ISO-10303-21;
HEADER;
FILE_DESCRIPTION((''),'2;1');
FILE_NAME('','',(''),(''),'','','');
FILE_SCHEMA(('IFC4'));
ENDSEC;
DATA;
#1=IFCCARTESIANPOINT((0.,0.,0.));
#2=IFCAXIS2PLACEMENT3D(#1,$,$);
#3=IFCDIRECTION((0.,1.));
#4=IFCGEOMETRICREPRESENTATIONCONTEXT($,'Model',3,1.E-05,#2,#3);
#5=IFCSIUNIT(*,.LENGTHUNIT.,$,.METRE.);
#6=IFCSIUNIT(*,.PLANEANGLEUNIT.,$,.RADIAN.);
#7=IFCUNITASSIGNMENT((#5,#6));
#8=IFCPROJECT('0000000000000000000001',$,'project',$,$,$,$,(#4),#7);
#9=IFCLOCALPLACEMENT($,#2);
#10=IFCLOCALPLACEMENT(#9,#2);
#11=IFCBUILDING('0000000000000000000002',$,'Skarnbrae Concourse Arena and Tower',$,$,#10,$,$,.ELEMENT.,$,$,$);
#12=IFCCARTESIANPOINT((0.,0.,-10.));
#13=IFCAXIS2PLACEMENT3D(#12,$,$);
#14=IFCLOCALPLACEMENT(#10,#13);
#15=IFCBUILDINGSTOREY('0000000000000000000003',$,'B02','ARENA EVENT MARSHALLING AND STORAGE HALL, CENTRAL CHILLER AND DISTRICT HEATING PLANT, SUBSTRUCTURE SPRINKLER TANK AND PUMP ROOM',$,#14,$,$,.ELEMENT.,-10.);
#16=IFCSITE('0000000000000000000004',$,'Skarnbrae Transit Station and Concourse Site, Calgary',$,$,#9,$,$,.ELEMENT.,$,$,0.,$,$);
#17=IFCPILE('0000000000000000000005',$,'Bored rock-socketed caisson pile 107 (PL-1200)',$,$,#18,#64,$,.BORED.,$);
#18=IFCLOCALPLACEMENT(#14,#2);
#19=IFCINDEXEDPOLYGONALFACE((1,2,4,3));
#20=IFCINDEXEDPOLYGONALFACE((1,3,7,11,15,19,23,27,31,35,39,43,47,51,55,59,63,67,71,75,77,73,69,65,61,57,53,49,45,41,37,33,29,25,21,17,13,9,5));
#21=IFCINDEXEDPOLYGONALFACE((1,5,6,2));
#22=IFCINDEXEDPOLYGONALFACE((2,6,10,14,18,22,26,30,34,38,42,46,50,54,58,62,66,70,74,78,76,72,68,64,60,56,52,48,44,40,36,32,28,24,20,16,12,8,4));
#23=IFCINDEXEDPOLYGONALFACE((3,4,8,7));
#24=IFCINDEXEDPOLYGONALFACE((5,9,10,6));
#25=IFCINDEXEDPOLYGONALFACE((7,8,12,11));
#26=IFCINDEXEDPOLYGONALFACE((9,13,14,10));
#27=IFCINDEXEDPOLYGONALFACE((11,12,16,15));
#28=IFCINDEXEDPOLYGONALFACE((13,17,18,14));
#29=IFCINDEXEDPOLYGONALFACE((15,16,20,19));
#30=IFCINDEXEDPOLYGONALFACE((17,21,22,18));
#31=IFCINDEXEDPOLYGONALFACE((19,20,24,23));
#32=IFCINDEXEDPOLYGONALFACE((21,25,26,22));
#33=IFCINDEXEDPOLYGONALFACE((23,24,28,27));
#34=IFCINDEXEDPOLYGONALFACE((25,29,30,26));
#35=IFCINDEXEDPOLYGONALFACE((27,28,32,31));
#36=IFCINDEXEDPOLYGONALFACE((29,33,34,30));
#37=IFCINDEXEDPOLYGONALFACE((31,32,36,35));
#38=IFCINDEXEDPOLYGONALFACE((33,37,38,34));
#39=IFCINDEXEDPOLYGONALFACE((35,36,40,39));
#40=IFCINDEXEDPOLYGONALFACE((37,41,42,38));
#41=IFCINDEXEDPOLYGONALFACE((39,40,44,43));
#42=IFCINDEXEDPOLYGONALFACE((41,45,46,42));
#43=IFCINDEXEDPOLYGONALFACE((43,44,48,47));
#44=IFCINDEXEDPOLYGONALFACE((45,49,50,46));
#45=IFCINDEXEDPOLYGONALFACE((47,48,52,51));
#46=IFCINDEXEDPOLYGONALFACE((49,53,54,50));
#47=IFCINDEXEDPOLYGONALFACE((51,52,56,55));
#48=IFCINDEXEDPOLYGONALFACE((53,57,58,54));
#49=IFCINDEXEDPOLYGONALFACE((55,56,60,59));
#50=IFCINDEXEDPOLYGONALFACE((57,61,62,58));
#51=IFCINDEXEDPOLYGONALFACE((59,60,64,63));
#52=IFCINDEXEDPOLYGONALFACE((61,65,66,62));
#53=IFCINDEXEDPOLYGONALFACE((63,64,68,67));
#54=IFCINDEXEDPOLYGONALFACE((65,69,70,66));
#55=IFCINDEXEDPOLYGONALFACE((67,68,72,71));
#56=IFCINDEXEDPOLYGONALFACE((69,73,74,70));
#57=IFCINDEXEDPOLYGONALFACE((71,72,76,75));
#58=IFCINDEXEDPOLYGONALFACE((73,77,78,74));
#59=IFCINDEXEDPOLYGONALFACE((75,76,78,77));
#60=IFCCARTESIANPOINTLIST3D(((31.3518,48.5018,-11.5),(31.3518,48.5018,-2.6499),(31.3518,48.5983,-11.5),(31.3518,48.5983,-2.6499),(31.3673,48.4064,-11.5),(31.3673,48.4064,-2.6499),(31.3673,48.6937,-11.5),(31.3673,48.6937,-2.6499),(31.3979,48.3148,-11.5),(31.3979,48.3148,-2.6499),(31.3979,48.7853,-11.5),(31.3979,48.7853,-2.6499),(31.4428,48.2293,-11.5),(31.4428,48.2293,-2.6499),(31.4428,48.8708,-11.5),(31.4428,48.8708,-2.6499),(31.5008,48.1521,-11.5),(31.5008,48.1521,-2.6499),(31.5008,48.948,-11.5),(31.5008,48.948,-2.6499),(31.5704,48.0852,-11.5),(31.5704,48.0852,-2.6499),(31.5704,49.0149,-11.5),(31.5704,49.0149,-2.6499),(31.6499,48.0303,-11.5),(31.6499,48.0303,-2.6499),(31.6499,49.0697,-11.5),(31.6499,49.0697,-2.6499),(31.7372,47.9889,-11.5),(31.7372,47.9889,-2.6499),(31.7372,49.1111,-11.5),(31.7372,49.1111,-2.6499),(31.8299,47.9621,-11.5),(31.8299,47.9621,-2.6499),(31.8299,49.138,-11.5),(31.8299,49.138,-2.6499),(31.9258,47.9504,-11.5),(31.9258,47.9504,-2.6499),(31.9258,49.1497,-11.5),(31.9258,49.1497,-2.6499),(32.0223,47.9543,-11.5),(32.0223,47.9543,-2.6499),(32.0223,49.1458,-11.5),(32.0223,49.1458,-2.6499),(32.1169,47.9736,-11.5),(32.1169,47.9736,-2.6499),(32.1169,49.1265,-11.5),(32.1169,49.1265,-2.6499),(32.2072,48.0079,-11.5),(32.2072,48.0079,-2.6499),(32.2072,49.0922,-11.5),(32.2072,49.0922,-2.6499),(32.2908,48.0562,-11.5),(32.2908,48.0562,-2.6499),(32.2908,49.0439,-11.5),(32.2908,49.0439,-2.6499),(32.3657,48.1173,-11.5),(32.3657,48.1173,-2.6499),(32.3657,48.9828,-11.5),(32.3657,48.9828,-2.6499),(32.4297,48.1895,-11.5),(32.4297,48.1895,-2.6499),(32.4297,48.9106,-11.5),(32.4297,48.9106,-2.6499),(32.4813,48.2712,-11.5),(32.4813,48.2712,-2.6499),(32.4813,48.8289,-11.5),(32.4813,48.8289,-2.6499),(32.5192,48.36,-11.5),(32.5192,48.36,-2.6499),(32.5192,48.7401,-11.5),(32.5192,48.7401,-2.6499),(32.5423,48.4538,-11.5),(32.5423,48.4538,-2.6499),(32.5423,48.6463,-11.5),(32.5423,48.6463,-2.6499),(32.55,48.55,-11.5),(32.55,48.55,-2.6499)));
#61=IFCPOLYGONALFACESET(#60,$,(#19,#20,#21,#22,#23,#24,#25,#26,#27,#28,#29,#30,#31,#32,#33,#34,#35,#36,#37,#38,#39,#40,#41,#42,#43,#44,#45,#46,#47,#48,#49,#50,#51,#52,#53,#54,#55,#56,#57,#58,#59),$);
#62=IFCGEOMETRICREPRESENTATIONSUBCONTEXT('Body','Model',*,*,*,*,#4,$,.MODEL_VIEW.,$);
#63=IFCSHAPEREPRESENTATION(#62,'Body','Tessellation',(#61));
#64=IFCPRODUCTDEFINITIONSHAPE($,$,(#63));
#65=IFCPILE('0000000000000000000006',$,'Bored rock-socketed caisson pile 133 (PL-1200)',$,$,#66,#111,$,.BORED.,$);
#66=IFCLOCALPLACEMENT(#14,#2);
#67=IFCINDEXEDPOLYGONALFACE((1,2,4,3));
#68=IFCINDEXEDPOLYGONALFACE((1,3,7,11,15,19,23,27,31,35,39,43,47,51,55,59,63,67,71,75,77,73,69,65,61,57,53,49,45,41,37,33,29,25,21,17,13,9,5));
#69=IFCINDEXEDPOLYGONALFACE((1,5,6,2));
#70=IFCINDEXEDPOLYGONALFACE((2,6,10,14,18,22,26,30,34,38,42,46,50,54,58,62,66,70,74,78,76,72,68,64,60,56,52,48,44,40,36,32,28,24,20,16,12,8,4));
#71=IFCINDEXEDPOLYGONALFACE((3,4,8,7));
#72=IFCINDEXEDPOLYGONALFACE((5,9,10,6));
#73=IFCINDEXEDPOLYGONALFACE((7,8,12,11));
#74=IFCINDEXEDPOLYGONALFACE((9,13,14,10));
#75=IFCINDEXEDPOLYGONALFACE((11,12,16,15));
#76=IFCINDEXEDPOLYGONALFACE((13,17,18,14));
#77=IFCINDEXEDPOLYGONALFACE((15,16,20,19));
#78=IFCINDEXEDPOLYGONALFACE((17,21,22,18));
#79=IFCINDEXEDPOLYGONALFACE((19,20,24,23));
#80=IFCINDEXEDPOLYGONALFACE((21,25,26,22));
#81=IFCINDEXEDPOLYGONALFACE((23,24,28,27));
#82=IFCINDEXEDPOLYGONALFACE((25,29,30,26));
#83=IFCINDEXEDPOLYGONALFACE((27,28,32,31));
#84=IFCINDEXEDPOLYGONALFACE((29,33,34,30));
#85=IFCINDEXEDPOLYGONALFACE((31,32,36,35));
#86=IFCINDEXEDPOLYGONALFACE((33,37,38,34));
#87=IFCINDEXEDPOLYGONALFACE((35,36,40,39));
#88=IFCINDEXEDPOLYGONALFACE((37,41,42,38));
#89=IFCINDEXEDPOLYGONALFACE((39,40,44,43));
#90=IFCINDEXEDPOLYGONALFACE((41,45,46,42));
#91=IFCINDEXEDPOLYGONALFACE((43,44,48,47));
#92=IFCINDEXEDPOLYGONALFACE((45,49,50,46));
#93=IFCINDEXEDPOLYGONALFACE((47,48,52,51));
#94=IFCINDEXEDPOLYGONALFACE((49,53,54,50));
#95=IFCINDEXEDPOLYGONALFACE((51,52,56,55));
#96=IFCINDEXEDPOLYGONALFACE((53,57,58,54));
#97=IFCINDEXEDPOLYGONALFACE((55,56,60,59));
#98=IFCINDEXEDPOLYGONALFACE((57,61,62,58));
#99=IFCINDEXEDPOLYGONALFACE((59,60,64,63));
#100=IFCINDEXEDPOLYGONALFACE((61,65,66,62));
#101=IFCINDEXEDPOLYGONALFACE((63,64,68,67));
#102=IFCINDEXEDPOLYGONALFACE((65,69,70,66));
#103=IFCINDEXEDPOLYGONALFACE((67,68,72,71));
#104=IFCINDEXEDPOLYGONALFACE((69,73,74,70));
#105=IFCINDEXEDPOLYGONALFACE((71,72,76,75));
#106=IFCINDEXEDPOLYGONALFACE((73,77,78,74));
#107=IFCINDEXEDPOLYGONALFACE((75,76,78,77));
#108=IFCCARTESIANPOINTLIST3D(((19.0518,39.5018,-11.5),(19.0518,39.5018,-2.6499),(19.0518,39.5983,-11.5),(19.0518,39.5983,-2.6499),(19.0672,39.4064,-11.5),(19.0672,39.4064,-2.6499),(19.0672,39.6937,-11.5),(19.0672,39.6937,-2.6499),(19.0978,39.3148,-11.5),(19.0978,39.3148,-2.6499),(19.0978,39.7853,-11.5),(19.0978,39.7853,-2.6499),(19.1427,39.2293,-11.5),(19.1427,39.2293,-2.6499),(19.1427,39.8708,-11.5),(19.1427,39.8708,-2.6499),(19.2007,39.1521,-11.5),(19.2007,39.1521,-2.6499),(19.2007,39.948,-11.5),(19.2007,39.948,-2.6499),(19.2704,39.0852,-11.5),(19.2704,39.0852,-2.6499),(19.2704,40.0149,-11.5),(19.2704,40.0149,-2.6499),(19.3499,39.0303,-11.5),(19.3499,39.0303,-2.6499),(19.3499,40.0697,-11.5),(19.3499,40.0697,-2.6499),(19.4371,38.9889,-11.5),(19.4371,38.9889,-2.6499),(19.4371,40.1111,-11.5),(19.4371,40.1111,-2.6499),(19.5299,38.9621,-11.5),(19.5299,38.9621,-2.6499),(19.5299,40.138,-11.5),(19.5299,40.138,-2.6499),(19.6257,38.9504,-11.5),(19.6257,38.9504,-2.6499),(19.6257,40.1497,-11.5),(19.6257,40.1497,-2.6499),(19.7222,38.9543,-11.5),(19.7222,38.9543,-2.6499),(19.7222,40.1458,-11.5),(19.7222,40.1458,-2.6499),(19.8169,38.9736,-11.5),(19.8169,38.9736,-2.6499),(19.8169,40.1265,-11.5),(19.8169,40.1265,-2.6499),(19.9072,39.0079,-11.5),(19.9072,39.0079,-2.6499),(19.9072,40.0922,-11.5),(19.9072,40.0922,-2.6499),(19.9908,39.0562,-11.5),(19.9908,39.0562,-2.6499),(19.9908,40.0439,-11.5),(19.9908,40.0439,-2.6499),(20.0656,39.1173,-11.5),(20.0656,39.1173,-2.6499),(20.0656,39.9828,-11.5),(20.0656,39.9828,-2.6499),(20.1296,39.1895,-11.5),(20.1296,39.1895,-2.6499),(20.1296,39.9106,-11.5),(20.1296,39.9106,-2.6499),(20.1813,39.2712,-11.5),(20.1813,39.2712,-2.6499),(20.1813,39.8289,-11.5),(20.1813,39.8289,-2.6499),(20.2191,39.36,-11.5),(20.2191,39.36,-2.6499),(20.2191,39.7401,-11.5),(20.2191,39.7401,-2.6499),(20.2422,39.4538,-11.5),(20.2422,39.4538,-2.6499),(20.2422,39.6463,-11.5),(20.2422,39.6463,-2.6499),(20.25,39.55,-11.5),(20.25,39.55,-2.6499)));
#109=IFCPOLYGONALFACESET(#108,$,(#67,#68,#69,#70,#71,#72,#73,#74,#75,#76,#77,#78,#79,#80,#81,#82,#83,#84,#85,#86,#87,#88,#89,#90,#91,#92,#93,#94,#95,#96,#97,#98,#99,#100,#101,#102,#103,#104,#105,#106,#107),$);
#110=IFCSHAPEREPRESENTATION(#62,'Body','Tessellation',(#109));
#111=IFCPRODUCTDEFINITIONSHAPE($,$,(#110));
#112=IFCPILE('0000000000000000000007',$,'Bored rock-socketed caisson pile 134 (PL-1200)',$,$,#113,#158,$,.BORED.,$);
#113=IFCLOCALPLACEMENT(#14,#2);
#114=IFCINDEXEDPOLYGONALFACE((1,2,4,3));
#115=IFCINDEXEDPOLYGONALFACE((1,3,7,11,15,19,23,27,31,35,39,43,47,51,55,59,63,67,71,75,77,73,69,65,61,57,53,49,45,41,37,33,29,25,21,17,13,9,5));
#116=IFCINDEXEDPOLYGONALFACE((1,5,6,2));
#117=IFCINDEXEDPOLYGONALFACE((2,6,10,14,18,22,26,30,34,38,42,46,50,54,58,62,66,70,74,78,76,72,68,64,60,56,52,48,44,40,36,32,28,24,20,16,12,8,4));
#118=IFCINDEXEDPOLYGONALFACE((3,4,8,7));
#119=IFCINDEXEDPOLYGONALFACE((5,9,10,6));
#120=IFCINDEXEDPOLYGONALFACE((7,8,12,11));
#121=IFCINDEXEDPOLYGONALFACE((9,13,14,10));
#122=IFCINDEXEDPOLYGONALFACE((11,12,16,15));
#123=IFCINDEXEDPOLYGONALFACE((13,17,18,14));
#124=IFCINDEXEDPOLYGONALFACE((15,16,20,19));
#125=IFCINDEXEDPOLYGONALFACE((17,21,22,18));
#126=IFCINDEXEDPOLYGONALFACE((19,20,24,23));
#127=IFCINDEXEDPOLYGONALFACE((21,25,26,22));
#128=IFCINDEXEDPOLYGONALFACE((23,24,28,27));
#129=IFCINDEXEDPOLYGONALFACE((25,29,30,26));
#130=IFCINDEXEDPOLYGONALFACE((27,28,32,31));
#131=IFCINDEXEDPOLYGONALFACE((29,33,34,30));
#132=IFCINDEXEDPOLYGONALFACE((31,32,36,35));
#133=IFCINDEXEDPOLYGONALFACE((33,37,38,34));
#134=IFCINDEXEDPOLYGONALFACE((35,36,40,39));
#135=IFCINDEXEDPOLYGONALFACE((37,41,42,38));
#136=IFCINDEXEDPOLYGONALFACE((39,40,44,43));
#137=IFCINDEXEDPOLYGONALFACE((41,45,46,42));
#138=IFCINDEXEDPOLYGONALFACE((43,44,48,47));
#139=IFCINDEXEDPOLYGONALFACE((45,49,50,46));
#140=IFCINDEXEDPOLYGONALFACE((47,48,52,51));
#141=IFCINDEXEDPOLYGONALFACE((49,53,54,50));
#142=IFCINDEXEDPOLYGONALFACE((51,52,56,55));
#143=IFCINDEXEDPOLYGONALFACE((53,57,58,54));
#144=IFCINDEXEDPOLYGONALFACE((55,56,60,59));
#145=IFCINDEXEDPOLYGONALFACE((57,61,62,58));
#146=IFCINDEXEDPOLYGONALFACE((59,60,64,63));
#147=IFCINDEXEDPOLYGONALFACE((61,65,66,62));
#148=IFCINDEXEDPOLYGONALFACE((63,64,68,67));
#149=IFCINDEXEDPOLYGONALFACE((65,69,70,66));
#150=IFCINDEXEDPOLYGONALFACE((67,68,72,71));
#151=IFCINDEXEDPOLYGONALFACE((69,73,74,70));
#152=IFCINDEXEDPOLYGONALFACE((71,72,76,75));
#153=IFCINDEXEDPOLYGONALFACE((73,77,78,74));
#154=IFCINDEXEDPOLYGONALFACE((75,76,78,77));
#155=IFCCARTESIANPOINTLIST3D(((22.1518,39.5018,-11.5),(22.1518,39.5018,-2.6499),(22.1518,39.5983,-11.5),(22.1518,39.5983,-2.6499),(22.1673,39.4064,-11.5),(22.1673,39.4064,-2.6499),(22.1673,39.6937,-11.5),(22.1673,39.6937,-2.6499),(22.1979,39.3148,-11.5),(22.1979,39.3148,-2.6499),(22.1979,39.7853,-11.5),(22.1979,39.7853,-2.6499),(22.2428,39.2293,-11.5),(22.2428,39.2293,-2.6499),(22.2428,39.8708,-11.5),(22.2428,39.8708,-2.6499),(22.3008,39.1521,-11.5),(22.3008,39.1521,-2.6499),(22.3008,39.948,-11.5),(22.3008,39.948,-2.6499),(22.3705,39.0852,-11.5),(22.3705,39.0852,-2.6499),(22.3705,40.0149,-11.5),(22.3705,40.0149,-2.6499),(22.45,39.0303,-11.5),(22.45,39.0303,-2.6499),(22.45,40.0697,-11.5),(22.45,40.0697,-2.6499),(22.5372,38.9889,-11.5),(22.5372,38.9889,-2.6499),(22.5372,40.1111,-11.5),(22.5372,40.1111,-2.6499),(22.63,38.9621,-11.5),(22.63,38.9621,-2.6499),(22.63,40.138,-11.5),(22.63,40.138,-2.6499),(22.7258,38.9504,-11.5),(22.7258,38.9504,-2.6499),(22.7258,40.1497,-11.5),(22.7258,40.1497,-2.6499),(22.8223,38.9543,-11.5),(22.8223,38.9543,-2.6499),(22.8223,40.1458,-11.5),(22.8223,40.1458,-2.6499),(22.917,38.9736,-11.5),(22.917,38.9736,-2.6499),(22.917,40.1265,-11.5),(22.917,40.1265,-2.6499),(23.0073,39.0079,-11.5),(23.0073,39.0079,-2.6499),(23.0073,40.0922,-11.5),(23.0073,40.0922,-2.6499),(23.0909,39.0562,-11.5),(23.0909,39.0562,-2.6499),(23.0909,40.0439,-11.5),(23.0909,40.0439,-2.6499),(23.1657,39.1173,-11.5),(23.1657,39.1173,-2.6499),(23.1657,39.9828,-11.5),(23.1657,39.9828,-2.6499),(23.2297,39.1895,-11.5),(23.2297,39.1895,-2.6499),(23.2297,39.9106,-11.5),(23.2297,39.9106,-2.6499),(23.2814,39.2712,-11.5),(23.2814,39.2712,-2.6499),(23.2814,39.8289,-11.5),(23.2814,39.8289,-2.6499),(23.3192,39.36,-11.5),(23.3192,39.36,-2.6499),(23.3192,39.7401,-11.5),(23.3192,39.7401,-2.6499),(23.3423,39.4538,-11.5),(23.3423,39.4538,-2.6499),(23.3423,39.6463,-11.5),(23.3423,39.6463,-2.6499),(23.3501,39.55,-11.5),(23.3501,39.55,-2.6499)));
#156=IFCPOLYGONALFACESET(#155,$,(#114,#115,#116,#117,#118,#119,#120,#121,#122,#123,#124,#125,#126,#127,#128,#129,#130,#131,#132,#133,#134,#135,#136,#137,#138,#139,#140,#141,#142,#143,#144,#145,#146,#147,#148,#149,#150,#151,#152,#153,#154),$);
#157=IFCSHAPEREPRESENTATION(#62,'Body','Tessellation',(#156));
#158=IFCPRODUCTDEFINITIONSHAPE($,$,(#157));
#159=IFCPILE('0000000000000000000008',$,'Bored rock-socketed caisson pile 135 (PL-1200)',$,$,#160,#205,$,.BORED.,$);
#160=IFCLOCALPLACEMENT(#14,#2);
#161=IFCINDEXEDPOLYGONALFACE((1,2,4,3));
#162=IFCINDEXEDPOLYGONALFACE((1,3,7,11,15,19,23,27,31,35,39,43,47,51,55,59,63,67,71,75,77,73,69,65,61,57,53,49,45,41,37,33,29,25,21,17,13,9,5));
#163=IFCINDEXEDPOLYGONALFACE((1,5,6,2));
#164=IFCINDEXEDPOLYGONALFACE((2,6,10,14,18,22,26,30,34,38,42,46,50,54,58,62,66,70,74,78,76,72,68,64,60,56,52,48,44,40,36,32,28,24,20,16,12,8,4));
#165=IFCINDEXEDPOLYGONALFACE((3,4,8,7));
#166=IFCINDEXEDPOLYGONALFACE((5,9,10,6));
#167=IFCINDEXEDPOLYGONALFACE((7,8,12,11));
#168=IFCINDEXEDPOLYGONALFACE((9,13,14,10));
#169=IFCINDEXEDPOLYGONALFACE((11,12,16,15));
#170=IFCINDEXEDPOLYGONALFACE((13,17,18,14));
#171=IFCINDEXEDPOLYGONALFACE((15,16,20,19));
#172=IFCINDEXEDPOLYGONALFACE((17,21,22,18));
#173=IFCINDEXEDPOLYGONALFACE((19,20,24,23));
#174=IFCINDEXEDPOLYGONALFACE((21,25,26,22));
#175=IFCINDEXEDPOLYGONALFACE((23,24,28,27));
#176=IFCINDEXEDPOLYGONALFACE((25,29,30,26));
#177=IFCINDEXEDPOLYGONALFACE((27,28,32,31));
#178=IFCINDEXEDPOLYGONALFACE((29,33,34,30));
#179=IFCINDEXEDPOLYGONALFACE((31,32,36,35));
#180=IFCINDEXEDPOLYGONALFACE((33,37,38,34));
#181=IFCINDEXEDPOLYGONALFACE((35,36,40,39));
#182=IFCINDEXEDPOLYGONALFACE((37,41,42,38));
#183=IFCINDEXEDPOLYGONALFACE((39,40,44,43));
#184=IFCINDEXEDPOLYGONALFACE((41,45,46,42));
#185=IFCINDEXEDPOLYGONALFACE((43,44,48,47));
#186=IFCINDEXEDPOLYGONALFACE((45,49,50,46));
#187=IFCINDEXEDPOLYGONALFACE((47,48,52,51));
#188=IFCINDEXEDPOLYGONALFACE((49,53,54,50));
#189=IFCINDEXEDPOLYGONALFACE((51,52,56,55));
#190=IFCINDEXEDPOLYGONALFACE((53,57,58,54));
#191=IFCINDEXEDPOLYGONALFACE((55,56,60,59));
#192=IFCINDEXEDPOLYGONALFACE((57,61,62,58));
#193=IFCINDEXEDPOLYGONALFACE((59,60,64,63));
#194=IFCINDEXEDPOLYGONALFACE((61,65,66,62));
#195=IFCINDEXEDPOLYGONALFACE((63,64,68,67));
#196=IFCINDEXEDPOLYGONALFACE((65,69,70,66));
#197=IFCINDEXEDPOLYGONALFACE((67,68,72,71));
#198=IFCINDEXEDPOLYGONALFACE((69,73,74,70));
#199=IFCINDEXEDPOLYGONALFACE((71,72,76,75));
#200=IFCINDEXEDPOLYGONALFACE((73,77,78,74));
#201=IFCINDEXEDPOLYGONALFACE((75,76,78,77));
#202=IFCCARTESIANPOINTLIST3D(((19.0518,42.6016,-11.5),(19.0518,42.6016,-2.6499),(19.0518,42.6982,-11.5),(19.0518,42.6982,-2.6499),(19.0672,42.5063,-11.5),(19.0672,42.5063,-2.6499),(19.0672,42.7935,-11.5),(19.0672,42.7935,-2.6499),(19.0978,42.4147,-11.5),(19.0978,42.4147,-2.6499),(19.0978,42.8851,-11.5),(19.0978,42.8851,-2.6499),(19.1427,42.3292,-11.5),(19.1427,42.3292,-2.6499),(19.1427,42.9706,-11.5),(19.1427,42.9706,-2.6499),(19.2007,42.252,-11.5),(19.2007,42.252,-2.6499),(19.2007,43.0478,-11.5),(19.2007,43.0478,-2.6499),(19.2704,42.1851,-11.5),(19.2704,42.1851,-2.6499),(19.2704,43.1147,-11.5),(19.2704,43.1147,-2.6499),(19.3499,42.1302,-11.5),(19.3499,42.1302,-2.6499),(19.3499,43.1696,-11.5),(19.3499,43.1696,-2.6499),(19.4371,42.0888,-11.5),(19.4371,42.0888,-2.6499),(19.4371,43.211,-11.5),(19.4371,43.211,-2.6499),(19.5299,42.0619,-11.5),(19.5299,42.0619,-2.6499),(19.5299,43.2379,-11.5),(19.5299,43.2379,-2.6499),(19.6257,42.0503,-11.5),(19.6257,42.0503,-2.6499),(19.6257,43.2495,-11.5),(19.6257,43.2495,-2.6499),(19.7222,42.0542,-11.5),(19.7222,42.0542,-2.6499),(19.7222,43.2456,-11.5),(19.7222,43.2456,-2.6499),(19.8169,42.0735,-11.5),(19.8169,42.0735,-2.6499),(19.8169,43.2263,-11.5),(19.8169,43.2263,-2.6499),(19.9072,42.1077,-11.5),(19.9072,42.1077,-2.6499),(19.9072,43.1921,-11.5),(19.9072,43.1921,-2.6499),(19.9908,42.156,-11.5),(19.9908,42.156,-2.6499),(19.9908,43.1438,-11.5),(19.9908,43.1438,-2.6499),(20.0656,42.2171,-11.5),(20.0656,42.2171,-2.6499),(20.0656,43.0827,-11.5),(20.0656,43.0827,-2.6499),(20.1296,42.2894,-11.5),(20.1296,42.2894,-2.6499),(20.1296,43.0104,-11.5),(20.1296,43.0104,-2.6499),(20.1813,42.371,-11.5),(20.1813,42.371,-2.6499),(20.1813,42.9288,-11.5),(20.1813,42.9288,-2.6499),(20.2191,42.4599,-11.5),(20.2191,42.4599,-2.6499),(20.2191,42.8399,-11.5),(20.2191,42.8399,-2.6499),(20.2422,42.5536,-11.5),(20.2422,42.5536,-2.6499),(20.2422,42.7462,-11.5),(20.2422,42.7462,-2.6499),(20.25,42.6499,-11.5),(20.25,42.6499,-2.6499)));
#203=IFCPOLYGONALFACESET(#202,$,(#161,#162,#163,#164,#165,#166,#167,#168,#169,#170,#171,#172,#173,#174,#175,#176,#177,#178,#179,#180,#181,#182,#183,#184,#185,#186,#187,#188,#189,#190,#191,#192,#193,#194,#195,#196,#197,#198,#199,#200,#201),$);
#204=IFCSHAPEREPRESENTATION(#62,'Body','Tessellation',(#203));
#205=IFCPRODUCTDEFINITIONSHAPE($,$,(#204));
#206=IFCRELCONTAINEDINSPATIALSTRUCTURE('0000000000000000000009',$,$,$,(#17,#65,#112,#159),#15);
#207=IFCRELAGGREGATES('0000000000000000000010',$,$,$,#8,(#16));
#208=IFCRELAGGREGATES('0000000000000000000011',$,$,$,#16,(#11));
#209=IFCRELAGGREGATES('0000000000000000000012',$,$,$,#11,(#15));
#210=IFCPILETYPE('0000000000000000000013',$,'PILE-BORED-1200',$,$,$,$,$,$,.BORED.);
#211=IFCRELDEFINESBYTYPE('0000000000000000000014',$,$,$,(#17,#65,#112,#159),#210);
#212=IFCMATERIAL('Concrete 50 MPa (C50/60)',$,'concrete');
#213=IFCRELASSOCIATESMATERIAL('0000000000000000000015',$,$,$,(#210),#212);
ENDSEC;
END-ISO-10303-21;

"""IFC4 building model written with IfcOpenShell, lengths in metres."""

from ifc_helpers import new_model, si_unit, direction, frame, origin, origin_2d, place, context, subcontext, project, spatial, circle, extrude, source, transform, mapped, material, material_profile, profile_set, type_object, element, save


model = new_model("IFC4")

# Units and contexts
model_context = context("Model", 3, precision=1e-05, world=origin(), true_north=direction((0.0, 1.0)))
body_context = subcontext(model_context, "Body", "Model", "MODEL_VIEW")
ifc_project = project(units=[si_unit("LENGTHUNIT", "METRE"), si_unit("PLANEANGLEUNIT", "RADIAN")], contexts=[model_context])

# Site, building, storey
site_placement = place(None, origin())
site = spatial("IfcSite", under=ifc_project, at=site_placement, Name="Skarnbrae Transit Station and Concourse Site, Calgary", CompositionType="ELEMENT", RefElevation=0.0)
building_placement = place(site_placement, origin())
building = spatial("IfcBuilding", under=site, at=building_placement, Name="Skarnbrae Concourse Arena and Tower", CompositionType="ELEMENT")
storey_placement = place(building_placement, frame((0.0, 0.0, -10.0)))
storey = spatial("IfcBuildingStorey", under=building, at=storey_placement, Name="B02", Description="ARENA EVENT MARSHALLING AND STORAGE HALL, CENTRAL CHILLER AND DISTRICT HEATING PLANT, SUBSTRUCTURE SPRINKLER TANK AND PUMP ROOM", CompositionType="ELEMENT", Elevation=-10.0)

# Shared definitions
ifc_material_1 = material(Name="Concrete 50 MPa (C50/60)", Category="concrete")

# Piles
ifc_material_profile_1 = material_profile(ifc_material_1, circle(Radius=0.6001, at=origin_2d()), Name="CAISSON-1200")
ifc_profile_set_1 = profile_set([ifc_material_profile_1], Name="Concrete 50 MPa (C50/60)")
pile_type_1 = type_object("IfcPileType", Name="PILE-BORED-1200", PredefinedType="BORED", material=ifc_profile_set_1)
shared_shape_1 = source(origin(), body_context, "Body", "SweptSolid", [
    extrude(circle(Radius=0.6001, at=origin_2d()), origin(), (0.0, 0.0, 1.0), 8.8501),
])
for number, where, z_axis, x_axis, name in (
    (1, (31.95, 48.55, -2.6499), (0.0, 0.0, -1.0), (1.0, 0.0, 0.0), "Bored rock-socketed caisson pile 107 (PL-1200)"),
    (2, (19.6499, 39.55, -2.6499), (0.0, 0.0, -1.0), (1.0, 0.0, 0.0), "Bored rock-socketed caisson pile 133 (PL-1200)"),
    (3, (22.75, 39.55, -2.6499), (0.0, 0.0, -1.0), (1.0, 0.0, 0.0), "Bored rock-socketed caisson pile 134 (PL-1200)"),
    (4, (19.6499, 42.6499, -2.6499), (0.0, 0.0, -1.0), (1.0, 0.0, 0.0), "Bored rock-socketed caisson pile 135 (PL-1200)"),
):
    element("IfcPile", number, at=place(storey_placement, frame(where, z_axis=z_axis, x_axis=x_axis)), inside=storey, type_object=pile_type_1, Name=name, PredefinedType="BORED", context=body_context, shape_type="MappedRepresentation", body=[
        mapped(shared_shape_1, transform((0.0, 0.0, 0.0))),
    ])

save(model, "model.ifc")
